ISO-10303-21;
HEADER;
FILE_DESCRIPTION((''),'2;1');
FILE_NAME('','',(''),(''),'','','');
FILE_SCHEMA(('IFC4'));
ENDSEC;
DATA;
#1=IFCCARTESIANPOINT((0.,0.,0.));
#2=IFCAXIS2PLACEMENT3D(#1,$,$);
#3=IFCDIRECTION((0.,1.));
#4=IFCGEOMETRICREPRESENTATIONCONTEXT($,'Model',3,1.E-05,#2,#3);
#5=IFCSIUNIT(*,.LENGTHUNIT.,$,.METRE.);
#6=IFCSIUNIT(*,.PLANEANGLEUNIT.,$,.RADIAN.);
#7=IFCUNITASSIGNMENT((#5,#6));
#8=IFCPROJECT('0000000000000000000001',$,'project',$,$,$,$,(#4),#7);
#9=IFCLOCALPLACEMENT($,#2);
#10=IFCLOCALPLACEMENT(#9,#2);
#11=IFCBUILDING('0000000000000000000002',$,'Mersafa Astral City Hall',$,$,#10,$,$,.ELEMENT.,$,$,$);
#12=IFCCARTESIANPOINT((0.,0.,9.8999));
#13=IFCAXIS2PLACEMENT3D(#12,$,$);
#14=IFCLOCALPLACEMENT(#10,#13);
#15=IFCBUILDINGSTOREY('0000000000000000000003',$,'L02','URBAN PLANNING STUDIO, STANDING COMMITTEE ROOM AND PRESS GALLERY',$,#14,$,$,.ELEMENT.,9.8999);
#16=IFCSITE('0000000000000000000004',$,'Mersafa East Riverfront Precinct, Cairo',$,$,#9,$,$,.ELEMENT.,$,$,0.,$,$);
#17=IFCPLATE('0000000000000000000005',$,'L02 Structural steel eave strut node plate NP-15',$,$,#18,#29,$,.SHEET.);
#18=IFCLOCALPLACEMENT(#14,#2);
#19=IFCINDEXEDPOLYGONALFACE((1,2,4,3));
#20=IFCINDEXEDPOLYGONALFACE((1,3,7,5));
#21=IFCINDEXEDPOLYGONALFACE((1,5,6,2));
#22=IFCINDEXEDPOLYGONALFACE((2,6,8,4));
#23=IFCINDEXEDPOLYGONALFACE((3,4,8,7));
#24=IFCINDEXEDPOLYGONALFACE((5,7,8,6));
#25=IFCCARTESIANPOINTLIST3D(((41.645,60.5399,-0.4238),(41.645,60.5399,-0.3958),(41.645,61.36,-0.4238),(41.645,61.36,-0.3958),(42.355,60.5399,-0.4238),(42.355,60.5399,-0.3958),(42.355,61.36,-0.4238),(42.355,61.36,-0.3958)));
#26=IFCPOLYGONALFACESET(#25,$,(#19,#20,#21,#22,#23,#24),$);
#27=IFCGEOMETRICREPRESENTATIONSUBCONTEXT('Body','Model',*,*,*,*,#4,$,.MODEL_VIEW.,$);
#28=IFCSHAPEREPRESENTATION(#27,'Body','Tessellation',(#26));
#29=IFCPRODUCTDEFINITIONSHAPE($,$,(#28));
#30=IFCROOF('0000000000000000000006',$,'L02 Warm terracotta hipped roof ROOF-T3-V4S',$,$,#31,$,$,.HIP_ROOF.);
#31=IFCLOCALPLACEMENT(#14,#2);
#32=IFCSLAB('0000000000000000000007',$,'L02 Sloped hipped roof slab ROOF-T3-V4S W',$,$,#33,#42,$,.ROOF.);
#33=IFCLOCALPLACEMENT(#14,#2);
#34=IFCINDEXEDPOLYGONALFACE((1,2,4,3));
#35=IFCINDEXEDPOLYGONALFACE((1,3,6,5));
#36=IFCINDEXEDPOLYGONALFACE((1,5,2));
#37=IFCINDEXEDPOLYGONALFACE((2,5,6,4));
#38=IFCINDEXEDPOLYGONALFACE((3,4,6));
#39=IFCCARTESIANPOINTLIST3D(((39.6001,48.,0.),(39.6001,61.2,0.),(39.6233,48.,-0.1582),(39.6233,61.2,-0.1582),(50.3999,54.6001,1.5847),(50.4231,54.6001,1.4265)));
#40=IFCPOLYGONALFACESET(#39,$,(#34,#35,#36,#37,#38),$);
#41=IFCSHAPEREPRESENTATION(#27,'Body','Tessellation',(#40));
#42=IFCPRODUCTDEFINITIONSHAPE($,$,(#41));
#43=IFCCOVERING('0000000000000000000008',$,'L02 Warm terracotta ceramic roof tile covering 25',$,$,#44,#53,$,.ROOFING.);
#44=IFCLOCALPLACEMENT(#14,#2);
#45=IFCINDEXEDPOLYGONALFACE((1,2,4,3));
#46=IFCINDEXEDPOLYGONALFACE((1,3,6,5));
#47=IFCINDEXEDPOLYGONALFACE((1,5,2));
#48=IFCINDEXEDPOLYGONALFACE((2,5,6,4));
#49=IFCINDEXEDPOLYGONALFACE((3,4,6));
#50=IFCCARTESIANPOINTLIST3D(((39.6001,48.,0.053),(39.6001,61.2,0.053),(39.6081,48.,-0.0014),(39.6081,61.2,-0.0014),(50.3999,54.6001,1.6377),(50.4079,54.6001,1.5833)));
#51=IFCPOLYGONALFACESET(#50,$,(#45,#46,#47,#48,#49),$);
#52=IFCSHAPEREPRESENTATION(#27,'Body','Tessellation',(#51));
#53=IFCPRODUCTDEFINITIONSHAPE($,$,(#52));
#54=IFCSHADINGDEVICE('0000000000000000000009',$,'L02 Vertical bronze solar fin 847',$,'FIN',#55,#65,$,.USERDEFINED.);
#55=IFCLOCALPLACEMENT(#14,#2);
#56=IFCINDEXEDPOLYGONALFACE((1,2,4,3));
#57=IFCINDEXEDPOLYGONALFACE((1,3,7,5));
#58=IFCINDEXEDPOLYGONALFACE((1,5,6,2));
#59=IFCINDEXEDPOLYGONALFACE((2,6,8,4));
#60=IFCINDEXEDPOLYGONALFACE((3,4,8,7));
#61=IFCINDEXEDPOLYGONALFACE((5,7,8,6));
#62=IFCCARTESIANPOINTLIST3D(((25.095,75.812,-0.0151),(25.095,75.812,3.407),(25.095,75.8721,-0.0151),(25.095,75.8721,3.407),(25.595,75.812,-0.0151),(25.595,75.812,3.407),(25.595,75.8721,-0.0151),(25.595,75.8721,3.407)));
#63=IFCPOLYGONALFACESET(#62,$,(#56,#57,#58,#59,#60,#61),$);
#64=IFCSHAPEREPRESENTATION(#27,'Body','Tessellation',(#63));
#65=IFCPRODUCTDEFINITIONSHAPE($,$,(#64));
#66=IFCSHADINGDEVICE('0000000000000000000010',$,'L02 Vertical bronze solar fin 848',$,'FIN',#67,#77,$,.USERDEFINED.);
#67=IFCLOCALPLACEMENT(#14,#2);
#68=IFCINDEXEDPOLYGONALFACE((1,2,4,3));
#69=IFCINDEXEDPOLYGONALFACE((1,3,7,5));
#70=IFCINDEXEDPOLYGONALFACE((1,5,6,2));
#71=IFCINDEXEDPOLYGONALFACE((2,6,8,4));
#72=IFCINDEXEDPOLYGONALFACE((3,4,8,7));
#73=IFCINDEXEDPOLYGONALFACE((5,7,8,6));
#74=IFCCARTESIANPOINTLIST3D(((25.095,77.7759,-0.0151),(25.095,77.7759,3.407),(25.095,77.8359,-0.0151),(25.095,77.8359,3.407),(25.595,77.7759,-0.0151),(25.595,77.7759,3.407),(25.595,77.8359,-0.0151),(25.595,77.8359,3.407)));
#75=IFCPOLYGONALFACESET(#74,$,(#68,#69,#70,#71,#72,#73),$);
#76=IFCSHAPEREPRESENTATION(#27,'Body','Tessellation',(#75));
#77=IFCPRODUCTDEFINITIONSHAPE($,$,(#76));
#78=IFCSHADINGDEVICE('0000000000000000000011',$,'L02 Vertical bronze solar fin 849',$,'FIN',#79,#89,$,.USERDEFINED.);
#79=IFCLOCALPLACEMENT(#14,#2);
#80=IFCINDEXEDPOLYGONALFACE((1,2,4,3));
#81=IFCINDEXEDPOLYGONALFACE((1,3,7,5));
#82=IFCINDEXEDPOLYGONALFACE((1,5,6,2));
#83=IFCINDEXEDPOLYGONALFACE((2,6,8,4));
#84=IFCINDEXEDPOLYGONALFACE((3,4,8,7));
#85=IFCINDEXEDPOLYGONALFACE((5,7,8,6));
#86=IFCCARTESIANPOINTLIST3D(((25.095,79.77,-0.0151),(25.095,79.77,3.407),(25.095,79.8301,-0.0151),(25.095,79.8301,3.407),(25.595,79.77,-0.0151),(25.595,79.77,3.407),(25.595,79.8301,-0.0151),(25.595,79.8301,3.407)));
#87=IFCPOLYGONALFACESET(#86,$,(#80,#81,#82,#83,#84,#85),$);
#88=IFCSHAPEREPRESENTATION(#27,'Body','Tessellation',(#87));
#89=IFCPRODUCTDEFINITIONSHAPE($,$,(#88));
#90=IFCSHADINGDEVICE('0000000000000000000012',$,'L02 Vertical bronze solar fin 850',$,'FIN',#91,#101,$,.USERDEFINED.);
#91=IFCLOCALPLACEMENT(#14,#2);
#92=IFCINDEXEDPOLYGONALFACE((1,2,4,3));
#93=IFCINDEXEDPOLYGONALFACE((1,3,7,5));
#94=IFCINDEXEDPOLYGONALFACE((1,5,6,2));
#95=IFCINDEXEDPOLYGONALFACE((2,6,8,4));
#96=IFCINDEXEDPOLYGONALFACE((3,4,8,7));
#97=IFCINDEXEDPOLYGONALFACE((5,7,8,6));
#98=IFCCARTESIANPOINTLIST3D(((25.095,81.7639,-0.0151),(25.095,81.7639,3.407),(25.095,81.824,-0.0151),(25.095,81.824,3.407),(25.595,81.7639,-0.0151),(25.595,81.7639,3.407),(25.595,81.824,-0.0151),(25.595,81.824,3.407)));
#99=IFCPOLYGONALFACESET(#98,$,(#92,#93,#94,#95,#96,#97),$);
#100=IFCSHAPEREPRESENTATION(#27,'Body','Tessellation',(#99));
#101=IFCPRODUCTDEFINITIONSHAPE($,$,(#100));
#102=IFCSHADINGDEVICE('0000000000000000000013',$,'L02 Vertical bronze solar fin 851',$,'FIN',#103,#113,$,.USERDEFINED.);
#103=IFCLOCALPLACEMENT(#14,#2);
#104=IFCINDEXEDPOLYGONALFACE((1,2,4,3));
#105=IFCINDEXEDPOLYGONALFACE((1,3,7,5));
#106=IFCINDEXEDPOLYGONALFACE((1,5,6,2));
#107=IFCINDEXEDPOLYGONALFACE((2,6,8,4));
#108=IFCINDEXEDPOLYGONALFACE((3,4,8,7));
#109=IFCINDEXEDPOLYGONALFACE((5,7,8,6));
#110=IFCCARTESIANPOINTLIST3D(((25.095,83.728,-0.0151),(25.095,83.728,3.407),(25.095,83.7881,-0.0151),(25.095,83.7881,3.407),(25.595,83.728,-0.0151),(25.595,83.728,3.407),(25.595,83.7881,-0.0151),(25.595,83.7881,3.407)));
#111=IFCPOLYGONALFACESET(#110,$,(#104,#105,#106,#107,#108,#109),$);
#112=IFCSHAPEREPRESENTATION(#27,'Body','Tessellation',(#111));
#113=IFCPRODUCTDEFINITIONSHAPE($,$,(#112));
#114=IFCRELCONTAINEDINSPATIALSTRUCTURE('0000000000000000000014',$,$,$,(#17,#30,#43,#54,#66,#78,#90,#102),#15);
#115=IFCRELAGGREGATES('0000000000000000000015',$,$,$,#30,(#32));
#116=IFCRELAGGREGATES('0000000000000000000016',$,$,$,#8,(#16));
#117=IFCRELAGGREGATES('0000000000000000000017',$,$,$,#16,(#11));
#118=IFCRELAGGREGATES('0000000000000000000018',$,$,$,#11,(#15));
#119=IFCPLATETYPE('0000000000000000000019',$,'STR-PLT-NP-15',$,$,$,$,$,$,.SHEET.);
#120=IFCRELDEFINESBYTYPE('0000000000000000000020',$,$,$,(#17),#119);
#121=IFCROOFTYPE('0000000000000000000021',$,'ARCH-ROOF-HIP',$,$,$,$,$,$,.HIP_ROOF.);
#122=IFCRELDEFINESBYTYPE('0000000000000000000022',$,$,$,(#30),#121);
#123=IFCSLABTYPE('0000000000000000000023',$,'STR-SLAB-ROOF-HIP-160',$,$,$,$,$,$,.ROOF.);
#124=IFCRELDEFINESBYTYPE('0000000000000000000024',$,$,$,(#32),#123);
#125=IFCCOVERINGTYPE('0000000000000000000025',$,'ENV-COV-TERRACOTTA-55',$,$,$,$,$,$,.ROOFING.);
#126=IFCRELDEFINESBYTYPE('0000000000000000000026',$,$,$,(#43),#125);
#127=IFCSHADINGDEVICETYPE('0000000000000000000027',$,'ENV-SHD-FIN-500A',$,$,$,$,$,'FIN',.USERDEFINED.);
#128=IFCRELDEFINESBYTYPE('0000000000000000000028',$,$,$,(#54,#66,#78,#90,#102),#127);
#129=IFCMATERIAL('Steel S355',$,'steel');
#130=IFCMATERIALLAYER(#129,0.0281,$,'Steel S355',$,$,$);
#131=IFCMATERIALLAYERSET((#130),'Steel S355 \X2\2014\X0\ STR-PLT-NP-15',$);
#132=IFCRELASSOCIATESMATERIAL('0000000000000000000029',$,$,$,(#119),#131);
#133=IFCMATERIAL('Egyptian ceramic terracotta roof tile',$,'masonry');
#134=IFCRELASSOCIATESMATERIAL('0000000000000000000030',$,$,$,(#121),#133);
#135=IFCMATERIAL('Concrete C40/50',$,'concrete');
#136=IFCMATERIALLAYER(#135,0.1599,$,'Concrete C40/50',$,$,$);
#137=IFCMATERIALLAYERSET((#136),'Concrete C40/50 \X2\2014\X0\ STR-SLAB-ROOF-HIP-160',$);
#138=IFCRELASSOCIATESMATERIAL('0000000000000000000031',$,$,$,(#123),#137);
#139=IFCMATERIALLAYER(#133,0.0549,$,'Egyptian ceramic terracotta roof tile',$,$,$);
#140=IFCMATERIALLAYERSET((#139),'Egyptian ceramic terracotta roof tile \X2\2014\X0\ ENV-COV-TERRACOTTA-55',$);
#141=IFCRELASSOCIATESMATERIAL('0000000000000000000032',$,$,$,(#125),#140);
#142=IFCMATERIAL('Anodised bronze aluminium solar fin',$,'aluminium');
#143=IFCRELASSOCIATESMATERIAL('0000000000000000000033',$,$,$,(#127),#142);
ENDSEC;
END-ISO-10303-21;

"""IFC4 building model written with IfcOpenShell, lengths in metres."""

from ifc_helpers import new_model, si_unit, direction, frame, origin, origin_2d, place, context, subcontext, project, spatial, polyline, rectangle, outline, extrude, material, layer, layer_set, type_object, element, aggregate, save


model = new_model("IFC4")

# Units and contexts
model_context = context("Model", 3, precision=1e-05, world=origin(), true_north=direction((0.0, 1.0)))
body_context = subcontext(model_context, "Body", "Model", "MODEL_VIEW")
ifc_project = project(units=[si_unit("LENGTHUNIT", "METRE"), si_unit("PLANEANGLEUNIT", "RADIAN")], contexts=[model_context])

# Site, building, storey
site_placement = place(None, origin())
site = spatial("IfcSite", under=ifc_project, at=site_placement, Name="Mersafa East Riverfront Precinct, Cairo", CompositionType="ELEMENT", RefElevation=0.0)
building_placement = place(site_placement, origin())
building = spatial("IfcBuilding", under=site, at=building_placement, Name="Mersafa Astral City Hall", CompositionType="ELEMENT")
storey_placement = place(building_placement, frame((0.0, 0.0, 9.8999)))
storey = spatial("IfcBuildingStorey", under=building, at=storey_placement, Name="L02", Description="URBAN PLANNING STUDIO, STANDING COMMITTEE ROOM AND PRESS GALLERY", CompositionType="ELEMENT", Elevation=9.8999)

# Shared definitions
ifc_material_1 = material(Name="Steel S355", Category="steel")

# Plate
ifc_layer_1 = layer(ifc_material_1, 0.0281, Name="Steel S355")
ifc_layer_set_1 = layer_set([ifc_layer_1], Name="Steel S355 — STR-PLT-NP-15")
plate_type = type_object("IfcPlateType", Name="STR-PLT-NP-15", PredefinedType="SHEET", material=ifc_layer_set_1)
plate_placement = place(storey_placement, frame((42.0, 60.95, -0.4238), z_axis=(0.0, 0.0, 1.0), x_axis=(1.0, 0.0, 0.0)))
element("IfcPlate", 1, at=plate_placement, inside=storey, type_object=plate_type, Name="L02 Structural steel eave strut node plate NP-15", PredefinedType="SHEET", context=body_context, shape_type="SweptSolid", body=[
    extrude(rectangle(XDim=0.71, YDim=0.8201, at=origin_2d()), origin(), (0.0, 0.0, 1.0), 0.0281),
])

# Roof, slab
ifc_material_2 = material(Name="Egyptian ceramic terracotta roof tile", Category="masonry")
roof_type = type_object("IfcRoofType", Name="ARCH-ROOF-HIP", PredefinedType="HIP_ROOF", material=ifc_material_2)
roof_placement = place(storey_placement, origin())
roof = element("IfcRoof", 2, at=roof_placement, inside=storey, type_object=roof_type, Name="L02 Warm terracotta hipped roof ROOF-T3-V4S", PredefinedType="HIP_ROOF")
ifc_material_3 = material(Name="Concrete C40/50", Category="concrete")
ifc_layer_2 = layer(ifc_material_3, 0.1599, Name="Concrete C40/50")
ifc_layer_set_2 = layer_set([ifc_layer_2], Name="Concrete C40/50 — STR-SLAB-ROOF-HIP-160")
slab_type = type_object("IfcSlabType", Name="STR-SLAB-ROOF-HIP-160", PredefinedType="ROOF", material=ifc_layer_set_2)
slab_placement = place(storey_placement, frame((39.6001, 61.2, 0.0), z_axis=(-0.145181, 0.0, 0.989405), x_axis=(0.0, -1.0, 0.0)))
slab = element("IfcSlab", 3, at=slab_placement, type_object=slab_type, Name="L02 Sloped hipped roof slab ROOF-T3-V4S W", PredefinedType="ROOF", context=body_context, shape_type="SweptSolid", body=[
    extrude(outline(polyline([(0.0, 0.0), (13.2, 0.0), (6.5999, 10.9155), (0.0, 0.0)])), origin(), (0.0, 0.0, -1.0), 0.1599),
])
aggregate(roof, [slab])

# Covering
ifc_layer_3 = layer(ifc_material_2, 0.0549, Name="Egyptian ceramic terracotta roof tile")
ifc_layer_set_3 = layer_set([ifc_layer_3], Name="Egyptian ceramic terracotta roof tile — ENV-COV-TERRACOTTA-55")
covering_type = type_object("IfcCoveringType", Name="ENV-COV-TERRACOTTA-55", PredefinedType="ROOFING", material=ifc_layer_set_3)
covering_placement = place(storey_placement, frame((39.6001, 61.2, 0.053), z_axis=(-0.145181, 0.0, 0.989405), x_axis=(0.0, -1.0, 0.0)))
element("IfcCovering", 4, at=covering_placement, inside=storey, type_object=covering_type, Name="L02 Warm terracotta ceramic roof tile covering 25", PredefinedType="ROOFING", context=body_context, shape_type="SweptSolid", body=[
    extrude(outline(polyline([(0.0, 0.0), (13.2, 0.0), (6.5999, 10.9155), (0.0, 0.0)])), origin(), (0.0, 0.0, -1.0), 0.0549),
])

# Shading devices
ifc_material_4 = material(Name="Anodised bronze aluminium solar fin", Category="aluminium")
shading_device_type = type_object("IfcShadingDeviceType", Name="ENV-SHD-FIN-500A", ElementType="FIN", PredefinedType="USERDEFINED", material=ifc_material_4)
for number, where, z_axis, x_axis, name in (
    (5, (25.345, 75.842, -0.0151), (0.0, 0.0, 1.0), (0.0, 1.0, 0.0), "L02 Vertical bronze solar fin 847"),
    (6, (25.345, 77.8059, -0.0151), (0.0, 0.0, 1.0), (0.0, 1.0, 0.0), "L02 Vertical bronze solar fin 848"),
    (7, (25.345, 79.8, -0.0151), (0.0, 0.0, 1.0), (0.0, 1.0, 0.0), "L02 Vertical bronze solar fin 849"),
    (8, (25.345, 81.7939, -0.0151), (0.0, 0.0, 1.0), (0.0, 1.0, 0.0), "L02 Vertical bronze solar fin 850"),
    (9, (25.345, 83.7581, -0.0151), (0.0, 0.0, 1.0), (0.0, 1.0, 0.0), "L02 Vertical bronze solar fin 851"),
):
    element("IfcShadingDevice", number, at=place(storey_placement, frame(where, z_axis=z_axis, x_axis=x_axis)), inside=storey, type_object=shading_device_type, Name=name, ObjectType="FIN", PredefinedType="USERDEFINED", context=body_context, shape_type="SweptSolid", body=[
        extrude(rectangle(XDim=0.0601, YDim=0.5, at=origin_2d()), origin(), (0.0, 0.0, 1.0), 3.4221),
    ])

save(model, "model.ifc")
